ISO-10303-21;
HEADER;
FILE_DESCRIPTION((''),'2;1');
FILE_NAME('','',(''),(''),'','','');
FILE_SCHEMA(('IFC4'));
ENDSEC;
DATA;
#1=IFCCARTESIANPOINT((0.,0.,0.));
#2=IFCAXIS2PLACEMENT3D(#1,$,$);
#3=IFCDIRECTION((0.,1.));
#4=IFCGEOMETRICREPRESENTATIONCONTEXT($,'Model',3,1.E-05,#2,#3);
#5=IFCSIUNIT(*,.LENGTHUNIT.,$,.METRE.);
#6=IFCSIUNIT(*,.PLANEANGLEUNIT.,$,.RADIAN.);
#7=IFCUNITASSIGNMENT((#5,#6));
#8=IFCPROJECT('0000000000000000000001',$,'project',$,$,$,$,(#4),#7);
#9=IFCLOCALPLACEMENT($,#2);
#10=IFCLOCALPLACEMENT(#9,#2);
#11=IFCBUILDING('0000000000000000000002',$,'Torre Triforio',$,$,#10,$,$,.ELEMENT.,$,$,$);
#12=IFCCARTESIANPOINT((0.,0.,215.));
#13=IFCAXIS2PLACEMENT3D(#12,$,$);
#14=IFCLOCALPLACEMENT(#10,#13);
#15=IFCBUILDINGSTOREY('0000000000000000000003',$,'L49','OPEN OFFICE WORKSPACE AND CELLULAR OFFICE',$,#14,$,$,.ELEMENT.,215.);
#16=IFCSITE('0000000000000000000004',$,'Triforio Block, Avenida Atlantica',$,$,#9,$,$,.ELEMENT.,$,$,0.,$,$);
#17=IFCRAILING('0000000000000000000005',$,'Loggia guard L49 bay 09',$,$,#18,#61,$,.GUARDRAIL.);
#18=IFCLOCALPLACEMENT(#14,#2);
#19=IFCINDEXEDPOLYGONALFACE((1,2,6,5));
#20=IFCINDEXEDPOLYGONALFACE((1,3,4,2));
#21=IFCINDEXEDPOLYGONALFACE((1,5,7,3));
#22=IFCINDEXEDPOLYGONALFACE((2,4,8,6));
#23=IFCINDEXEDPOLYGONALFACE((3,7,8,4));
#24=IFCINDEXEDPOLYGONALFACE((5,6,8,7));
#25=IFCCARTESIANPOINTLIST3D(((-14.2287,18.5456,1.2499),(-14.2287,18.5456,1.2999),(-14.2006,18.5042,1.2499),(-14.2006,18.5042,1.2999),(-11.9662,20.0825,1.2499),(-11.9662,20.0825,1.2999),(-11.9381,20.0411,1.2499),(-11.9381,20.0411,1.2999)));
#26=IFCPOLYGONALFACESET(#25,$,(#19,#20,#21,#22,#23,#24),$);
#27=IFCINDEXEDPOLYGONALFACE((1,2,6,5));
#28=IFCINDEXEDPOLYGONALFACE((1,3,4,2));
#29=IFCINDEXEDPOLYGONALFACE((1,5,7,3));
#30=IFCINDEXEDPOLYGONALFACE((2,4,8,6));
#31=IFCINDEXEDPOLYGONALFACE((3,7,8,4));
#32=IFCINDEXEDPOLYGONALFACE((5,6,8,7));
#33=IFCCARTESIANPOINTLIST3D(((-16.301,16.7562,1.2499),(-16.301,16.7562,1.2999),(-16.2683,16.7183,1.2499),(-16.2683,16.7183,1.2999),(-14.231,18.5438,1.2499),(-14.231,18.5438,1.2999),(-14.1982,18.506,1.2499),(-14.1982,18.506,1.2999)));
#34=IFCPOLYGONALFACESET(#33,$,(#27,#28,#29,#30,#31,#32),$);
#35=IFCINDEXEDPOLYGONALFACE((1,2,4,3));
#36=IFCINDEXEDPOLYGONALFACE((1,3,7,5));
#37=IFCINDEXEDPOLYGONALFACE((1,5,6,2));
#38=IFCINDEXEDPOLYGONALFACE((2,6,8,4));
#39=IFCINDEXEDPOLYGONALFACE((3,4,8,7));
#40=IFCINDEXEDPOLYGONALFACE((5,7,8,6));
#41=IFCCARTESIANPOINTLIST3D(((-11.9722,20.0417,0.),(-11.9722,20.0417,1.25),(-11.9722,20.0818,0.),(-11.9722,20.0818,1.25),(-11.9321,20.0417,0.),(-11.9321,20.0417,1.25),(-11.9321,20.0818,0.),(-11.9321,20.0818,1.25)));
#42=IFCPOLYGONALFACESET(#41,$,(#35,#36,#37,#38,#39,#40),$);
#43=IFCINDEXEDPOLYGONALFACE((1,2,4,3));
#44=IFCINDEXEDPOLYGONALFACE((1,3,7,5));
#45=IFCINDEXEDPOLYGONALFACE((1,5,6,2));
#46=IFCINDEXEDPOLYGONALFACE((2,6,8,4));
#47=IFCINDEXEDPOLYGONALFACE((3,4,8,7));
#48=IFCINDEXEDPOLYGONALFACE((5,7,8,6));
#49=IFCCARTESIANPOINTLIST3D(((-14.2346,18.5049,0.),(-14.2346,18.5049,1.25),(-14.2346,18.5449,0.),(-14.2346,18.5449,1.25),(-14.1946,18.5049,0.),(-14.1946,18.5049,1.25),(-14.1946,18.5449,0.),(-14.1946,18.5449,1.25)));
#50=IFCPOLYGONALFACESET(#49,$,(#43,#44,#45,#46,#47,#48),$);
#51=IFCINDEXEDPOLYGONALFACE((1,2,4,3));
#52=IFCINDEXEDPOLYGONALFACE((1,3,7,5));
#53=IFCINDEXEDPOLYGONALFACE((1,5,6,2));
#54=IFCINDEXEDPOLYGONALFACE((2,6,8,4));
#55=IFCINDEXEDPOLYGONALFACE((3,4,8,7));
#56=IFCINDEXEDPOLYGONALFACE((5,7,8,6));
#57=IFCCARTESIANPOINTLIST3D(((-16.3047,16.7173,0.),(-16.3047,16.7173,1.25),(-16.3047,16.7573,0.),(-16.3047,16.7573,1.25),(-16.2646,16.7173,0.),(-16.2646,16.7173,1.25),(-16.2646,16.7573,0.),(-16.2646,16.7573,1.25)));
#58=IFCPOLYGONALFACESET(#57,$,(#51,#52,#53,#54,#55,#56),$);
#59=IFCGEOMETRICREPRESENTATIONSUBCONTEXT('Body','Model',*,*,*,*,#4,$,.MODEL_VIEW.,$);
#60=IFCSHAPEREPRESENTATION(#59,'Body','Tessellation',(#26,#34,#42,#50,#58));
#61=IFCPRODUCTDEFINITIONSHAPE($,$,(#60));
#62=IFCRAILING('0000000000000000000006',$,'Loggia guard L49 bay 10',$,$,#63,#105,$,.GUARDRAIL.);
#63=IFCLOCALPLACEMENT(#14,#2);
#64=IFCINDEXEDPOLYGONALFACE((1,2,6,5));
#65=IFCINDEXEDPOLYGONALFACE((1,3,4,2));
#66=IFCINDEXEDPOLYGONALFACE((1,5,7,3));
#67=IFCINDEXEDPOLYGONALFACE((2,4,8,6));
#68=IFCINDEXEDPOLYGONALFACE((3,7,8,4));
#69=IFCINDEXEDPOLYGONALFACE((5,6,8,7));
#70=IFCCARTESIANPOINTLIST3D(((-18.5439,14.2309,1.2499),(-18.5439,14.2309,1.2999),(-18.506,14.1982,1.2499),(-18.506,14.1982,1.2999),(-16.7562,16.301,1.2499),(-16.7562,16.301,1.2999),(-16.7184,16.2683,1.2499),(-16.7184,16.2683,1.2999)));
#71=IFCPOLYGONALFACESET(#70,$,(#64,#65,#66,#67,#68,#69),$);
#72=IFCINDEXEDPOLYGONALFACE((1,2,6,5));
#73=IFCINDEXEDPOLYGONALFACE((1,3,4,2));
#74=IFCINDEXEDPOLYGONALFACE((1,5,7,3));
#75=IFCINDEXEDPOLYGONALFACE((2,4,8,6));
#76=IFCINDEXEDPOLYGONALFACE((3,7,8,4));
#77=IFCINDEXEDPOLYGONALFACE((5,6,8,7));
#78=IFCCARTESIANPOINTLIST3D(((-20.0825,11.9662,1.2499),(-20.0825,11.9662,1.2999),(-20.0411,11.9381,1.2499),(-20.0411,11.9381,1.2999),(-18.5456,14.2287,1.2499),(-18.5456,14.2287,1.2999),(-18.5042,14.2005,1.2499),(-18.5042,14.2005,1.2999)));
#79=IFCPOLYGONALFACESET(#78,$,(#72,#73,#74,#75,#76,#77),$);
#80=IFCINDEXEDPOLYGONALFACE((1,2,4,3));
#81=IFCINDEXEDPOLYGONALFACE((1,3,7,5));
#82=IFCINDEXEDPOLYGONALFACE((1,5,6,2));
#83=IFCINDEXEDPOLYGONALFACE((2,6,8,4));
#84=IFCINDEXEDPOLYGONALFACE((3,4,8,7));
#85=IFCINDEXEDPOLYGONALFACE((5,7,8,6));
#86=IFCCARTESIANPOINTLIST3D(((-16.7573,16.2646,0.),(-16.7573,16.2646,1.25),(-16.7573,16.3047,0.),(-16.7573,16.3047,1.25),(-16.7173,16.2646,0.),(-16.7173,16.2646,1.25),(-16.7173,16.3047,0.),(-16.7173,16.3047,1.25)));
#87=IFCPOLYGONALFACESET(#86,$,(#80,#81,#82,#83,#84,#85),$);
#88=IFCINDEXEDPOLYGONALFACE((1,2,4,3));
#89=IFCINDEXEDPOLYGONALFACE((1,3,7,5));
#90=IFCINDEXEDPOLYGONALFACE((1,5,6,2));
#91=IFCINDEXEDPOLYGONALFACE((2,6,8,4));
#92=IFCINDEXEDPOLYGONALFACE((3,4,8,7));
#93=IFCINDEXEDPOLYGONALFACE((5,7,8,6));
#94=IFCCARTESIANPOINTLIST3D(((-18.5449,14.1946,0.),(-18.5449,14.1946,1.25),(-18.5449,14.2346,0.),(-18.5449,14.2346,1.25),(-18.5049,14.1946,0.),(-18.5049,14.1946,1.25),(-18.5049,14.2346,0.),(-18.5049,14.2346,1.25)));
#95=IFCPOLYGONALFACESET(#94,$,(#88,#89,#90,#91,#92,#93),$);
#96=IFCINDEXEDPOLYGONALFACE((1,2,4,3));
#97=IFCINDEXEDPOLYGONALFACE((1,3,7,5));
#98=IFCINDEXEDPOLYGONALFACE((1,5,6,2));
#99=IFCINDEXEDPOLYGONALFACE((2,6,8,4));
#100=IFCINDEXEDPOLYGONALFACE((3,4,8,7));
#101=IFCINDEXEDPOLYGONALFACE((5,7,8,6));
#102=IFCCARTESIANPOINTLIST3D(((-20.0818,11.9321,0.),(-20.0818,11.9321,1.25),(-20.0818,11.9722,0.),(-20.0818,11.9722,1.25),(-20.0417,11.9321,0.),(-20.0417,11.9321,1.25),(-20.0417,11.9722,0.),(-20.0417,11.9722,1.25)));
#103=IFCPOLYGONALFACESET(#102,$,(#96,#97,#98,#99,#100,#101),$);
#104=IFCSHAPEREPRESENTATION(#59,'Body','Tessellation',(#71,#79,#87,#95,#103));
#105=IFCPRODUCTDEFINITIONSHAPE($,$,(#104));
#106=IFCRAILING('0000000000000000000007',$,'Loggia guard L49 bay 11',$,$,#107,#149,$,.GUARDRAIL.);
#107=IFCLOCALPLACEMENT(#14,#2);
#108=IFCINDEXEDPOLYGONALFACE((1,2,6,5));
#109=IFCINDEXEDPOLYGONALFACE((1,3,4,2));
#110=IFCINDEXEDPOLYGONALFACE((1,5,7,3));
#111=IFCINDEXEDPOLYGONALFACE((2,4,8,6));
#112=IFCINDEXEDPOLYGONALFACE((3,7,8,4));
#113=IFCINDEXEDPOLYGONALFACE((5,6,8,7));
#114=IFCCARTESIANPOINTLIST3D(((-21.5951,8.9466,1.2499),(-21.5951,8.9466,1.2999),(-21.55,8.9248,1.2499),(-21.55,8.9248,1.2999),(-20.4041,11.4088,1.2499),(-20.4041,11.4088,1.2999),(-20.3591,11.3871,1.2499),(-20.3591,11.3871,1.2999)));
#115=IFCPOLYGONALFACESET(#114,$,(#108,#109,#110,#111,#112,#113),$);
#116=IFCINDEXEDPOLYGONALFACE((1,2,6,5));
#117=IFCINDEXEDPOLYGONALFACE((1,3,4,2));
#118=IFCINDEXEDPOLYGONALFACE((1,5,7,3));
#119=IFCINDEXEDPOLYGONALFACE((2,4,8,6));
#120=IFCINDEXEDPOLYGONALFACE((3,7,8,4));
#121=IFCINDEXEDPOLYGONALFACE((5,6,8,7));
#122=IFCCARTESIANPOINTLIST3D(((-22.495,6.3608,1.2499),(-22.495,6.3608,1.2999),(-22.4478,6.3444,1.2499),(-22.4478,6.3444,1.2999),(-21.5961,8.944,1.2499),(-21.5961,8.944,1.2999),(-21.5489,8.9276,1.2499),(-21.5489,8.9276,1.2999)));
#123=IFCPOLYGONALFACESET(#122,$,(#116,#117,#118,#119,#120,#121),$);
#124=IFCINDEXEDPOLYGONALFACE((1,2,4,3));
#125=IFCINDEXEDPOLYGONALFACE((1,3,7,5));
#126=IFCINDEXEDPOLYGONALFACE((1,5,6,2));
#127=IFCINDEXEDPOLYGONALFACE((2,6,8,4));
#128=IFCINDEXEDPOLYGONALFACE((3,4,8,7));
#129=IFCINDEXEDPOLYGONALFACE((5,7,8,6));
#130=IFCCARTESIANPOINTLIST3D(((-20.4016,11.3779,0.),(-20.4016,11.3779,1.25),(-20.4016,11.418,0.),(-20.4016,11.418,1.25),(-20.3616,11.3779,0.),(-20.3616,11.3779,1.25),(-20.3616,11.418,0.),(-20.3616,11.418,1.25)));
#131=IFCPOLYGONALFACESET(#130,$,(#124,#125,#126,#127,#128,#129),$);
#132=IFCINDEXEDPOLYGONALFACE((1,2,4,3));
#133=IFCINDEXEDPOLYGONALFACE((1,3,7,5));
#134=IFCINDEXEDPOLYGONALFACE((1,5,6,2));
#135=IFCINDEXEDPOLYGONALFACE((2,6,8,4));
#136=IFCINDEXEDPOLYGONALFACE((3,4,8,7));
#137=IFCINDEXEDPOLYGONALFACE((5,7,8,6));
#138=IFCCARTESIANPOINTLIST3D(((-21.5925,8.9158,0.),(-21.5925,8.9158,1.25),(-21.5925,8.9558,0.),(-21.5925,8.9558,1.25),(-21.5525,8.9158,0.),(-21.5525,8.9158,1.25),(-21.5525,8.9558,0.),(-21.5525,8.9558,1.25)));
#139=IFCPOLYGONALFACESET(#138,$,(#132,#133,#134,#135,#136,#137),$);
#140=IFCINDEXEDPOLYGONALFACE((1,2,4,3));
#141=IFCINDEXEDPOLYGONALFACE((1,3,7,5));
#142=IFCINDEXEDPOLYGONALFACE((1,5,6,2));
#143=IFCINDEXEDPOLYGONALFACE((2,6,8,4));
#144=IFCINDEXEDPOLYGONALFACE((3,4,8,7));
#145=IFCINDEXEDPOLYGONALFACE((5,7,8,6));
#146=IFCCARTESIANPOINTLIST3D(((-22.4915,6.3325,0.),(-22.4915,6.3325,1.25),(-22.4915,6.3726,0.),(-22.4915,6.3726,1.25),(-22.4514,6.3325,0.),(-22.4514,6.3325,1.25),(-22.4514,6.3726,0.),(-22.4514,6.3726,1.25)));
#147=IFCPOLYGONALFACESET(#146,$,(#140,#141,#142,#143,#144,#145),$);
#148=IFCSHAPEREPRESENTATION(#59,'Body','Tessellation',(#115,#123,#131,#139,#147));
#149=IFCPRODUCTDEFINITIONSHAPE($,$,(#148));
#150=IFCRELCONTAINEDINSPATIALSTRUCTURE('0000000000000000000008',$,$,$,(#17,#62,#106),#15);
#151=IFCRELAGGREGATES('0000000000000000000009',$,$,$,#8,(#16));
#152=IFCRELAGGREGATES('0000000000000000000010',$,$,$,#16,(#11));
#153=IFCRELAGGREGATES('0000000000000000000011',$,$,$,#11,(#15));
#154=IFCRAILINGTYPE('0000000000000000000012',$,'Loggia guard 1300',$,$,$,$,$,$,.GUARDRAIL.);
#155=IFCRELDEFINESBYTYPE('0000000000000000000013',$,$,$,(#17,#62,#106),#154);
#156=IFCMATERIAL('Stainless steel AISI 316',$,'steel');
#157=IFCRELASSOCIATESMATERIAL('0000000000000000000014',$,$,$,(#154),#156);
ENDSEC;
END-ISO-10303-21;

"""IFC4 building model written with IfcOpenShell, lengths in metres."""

from ifc_helpers import new_model, si_unit, direction, frame, origin, origin_2d, place, context, subcontext, project, spatial, rectangle, extrude, material, type_object, element, save


model = new_model("IFC4")

# Units and contexts
model_context = context("Model", 3, precision=1e-05, world=origin(), true_north=direction((0.0, 1.0)))
body_context = subcontext(model_context, "Body", "Model", "MODEL_VIEW")
ifc_project = project(units=[si_unit("LENGTHUNIT", "METRE"), si_unit("PLANEANGLEUNIT", "RADIAN")], contexts=[model_context])

# Site, building, storey
site_placement = place(None, origin())
site = spatial("IfcSite", under=ifc_project, at=site_placement, Name="Triforio Block, Avenida Atlantica", CompositionType="ELEMENT", RefElevation=0.0)
building_placement = place(site_placement, origin())
building = spatial("IfcBuilding", under=site, at=building_placement, Name="Torre Triforio", CompositionType="ELEMENT")
storey_placement = place(building_placement, frame((0.0, 0.0, 215.0)))
storey = spatial("IfcBuildingStorey", under=building, at=storey_placement, Name="L49", Description="OPEN OFFICE WORKSPACE AND CELLULAR OFFICE", CompositionType="ELEMENT", Elevation=215.0)

# Railings
ifc_material_1 = material(Name="Stainless steel AISI 316", Category="steel")
railing_type = type_object("IfcRailingType", Name="Loggia guard 1300", PredefinedType="GUARDRAIL", material=ifc_material_1)
railing_1_placement = place(storey_placement, frame((-11.9521, 20.0618, 0.0)))
element("IfcRailing", 1, at=railing_1_placement, inside=storey, type_object=railing_type, Name="Loggia guard L49 bay 09", PredefinedType="GUARDRAIL", context=body_context, shape_type="SweptSolid", body=[
    extrude(rectangle(XDim=0.05, YDim=0.05, at=origin_2d()), frame((0.0, 0.0, 1.2749), z_axis=(-0.827199, -0.56191, 0.0), x_axis=(0.56191, -0.827199, 0.0)), (0.0, 0.0, 1.0), 2.7351),
    extrude(rectangle(XDim=0.05, YDim=0.05, at=origin_2d()), frame((-2.2625, -1.5369, 1.2749), z_axis=(-0.756857, -0.65358, 0.0), x_axis=(0.65358, -0.756857, 0.0)), (0.0, 0.0, 1.0), 2.7351),
    extrude(rectangle(XDim=0.04, YDim=0.04, at=origin_2d()), origin(), (0.0, 0.0, 1.0), 1.25),
    extrude(rectangle(XDim=0.04, YDim=0.04, at=origin_2d()), frame((-2.2625, -1.5369, 0.0)), (0.0, 0.0, 1.0), 1.25),
    extrude(rectangle(XDim=0.04, YDim=0.04, at=origin_2d()), frame((-4.3325, -3.3245, 0.0)), (0.0, 0.0, 1.0), 1.25),
])
railing_2_placement = place(storey_placement, frame((-16.7373, 16.2847, 0.0)))
element("IfcRailing", 2, at=railing_2_placement, inside=storey, type_object=railing_type, Name="Loggia guard L49 bay 10", PredefinedType="GUARDRAIL", context=body_context, shape_type="SweptSolid", body=[
    extrude(rectangle(XDim=0.05, YDim=0.05, at=origin_2d()), frame((0.0, 0.0, 1.2749), z_axis=(-0.65358, -0.756857, 0.0), x_axis=(0.756857, -0.65358, 0.0)), (0.0, 0.0, 1.0), 2.7351),
    extrude(rectangle(XDim=0.05, YDim=0.05, at=origin_2d()), frame((-1.7876, -2.0701, 1.2749), z_axis=(-0.56191, -0.827199, 0.0), x_axis=(0.827199, -0.56191, 0.0)), (0.0, 0.0, 1.0), 2.7351),
    extrude(rectangle(XDim=0.04, YDim=0.04, at=origin_2d()), origin(), (0.0, 0.0, 1.0), 1.25),
    extrude(rectangle(XDim=0.04, YDim=0.04, at=origin_2d()), frame((-1.7876, -2.0701, 0.0)), (0.0, 0.0, 1.0), 1.25),
    extrude(rectangle(XDim=0.04, YDim=0.04, at=origin_2d()), frame((-3.3245, -4.3325, 0.0)), (0.0, 0.0, 1.0), 1.25),
])
railing_3_placement = place(storey_placement, frame((-20.3816, 11.3979, 0.0)))
element("IfcRailing", 3, at=railing_3_placement, inside=storey, type_object=railing_type, Name="Loggia guard L49 bay 11", PredefinedType="GUARDRAIL", context=body_context, shape_type="SweptSolid", body=[
    extrude(rectangle(XDim=0.05, YDim=0.05, at=origin_2d()), frame((0.0, 0.0, 1.2749), z_axis=(-0.435428, -0.900224, 0.0), x_axis=(0.900224, -0.435428, 0.0)), (0.0, 0.0, 1.0), 2.7351),
    extrude(rectangle(XDim=0.05, YDim=0.05, at=origin_2d()), frame((-1.1909, -2.4622, 1.2749), z_axis=(-0.328652, -0.944451, 0.0), x_axis=(0.944451, -0.328652, 0.0)), (0.0, 0.0, 1.0), 2.7351),
    extrude(rectangle(XDim=0.04, YDim=0.04, at=origin_2d()), origin(), (0.0, 0.0, 1.0), 1.25),
    extrude(rectangle(XDim=0.04, YDim=0.04, at=origin_2d()), frame((-1.1909, -2.4622, 0.0)), (0.0, 0.0, 1.0), 1.25),
    extrude(rectangle(XDim=0.04, YDim=0.04, at=origin_2d()), frame((-2.0898, -5.0454, 0.0)), (0.0, 0.0, 1.0), 1.25),
])

save(model, "model.ifc")
